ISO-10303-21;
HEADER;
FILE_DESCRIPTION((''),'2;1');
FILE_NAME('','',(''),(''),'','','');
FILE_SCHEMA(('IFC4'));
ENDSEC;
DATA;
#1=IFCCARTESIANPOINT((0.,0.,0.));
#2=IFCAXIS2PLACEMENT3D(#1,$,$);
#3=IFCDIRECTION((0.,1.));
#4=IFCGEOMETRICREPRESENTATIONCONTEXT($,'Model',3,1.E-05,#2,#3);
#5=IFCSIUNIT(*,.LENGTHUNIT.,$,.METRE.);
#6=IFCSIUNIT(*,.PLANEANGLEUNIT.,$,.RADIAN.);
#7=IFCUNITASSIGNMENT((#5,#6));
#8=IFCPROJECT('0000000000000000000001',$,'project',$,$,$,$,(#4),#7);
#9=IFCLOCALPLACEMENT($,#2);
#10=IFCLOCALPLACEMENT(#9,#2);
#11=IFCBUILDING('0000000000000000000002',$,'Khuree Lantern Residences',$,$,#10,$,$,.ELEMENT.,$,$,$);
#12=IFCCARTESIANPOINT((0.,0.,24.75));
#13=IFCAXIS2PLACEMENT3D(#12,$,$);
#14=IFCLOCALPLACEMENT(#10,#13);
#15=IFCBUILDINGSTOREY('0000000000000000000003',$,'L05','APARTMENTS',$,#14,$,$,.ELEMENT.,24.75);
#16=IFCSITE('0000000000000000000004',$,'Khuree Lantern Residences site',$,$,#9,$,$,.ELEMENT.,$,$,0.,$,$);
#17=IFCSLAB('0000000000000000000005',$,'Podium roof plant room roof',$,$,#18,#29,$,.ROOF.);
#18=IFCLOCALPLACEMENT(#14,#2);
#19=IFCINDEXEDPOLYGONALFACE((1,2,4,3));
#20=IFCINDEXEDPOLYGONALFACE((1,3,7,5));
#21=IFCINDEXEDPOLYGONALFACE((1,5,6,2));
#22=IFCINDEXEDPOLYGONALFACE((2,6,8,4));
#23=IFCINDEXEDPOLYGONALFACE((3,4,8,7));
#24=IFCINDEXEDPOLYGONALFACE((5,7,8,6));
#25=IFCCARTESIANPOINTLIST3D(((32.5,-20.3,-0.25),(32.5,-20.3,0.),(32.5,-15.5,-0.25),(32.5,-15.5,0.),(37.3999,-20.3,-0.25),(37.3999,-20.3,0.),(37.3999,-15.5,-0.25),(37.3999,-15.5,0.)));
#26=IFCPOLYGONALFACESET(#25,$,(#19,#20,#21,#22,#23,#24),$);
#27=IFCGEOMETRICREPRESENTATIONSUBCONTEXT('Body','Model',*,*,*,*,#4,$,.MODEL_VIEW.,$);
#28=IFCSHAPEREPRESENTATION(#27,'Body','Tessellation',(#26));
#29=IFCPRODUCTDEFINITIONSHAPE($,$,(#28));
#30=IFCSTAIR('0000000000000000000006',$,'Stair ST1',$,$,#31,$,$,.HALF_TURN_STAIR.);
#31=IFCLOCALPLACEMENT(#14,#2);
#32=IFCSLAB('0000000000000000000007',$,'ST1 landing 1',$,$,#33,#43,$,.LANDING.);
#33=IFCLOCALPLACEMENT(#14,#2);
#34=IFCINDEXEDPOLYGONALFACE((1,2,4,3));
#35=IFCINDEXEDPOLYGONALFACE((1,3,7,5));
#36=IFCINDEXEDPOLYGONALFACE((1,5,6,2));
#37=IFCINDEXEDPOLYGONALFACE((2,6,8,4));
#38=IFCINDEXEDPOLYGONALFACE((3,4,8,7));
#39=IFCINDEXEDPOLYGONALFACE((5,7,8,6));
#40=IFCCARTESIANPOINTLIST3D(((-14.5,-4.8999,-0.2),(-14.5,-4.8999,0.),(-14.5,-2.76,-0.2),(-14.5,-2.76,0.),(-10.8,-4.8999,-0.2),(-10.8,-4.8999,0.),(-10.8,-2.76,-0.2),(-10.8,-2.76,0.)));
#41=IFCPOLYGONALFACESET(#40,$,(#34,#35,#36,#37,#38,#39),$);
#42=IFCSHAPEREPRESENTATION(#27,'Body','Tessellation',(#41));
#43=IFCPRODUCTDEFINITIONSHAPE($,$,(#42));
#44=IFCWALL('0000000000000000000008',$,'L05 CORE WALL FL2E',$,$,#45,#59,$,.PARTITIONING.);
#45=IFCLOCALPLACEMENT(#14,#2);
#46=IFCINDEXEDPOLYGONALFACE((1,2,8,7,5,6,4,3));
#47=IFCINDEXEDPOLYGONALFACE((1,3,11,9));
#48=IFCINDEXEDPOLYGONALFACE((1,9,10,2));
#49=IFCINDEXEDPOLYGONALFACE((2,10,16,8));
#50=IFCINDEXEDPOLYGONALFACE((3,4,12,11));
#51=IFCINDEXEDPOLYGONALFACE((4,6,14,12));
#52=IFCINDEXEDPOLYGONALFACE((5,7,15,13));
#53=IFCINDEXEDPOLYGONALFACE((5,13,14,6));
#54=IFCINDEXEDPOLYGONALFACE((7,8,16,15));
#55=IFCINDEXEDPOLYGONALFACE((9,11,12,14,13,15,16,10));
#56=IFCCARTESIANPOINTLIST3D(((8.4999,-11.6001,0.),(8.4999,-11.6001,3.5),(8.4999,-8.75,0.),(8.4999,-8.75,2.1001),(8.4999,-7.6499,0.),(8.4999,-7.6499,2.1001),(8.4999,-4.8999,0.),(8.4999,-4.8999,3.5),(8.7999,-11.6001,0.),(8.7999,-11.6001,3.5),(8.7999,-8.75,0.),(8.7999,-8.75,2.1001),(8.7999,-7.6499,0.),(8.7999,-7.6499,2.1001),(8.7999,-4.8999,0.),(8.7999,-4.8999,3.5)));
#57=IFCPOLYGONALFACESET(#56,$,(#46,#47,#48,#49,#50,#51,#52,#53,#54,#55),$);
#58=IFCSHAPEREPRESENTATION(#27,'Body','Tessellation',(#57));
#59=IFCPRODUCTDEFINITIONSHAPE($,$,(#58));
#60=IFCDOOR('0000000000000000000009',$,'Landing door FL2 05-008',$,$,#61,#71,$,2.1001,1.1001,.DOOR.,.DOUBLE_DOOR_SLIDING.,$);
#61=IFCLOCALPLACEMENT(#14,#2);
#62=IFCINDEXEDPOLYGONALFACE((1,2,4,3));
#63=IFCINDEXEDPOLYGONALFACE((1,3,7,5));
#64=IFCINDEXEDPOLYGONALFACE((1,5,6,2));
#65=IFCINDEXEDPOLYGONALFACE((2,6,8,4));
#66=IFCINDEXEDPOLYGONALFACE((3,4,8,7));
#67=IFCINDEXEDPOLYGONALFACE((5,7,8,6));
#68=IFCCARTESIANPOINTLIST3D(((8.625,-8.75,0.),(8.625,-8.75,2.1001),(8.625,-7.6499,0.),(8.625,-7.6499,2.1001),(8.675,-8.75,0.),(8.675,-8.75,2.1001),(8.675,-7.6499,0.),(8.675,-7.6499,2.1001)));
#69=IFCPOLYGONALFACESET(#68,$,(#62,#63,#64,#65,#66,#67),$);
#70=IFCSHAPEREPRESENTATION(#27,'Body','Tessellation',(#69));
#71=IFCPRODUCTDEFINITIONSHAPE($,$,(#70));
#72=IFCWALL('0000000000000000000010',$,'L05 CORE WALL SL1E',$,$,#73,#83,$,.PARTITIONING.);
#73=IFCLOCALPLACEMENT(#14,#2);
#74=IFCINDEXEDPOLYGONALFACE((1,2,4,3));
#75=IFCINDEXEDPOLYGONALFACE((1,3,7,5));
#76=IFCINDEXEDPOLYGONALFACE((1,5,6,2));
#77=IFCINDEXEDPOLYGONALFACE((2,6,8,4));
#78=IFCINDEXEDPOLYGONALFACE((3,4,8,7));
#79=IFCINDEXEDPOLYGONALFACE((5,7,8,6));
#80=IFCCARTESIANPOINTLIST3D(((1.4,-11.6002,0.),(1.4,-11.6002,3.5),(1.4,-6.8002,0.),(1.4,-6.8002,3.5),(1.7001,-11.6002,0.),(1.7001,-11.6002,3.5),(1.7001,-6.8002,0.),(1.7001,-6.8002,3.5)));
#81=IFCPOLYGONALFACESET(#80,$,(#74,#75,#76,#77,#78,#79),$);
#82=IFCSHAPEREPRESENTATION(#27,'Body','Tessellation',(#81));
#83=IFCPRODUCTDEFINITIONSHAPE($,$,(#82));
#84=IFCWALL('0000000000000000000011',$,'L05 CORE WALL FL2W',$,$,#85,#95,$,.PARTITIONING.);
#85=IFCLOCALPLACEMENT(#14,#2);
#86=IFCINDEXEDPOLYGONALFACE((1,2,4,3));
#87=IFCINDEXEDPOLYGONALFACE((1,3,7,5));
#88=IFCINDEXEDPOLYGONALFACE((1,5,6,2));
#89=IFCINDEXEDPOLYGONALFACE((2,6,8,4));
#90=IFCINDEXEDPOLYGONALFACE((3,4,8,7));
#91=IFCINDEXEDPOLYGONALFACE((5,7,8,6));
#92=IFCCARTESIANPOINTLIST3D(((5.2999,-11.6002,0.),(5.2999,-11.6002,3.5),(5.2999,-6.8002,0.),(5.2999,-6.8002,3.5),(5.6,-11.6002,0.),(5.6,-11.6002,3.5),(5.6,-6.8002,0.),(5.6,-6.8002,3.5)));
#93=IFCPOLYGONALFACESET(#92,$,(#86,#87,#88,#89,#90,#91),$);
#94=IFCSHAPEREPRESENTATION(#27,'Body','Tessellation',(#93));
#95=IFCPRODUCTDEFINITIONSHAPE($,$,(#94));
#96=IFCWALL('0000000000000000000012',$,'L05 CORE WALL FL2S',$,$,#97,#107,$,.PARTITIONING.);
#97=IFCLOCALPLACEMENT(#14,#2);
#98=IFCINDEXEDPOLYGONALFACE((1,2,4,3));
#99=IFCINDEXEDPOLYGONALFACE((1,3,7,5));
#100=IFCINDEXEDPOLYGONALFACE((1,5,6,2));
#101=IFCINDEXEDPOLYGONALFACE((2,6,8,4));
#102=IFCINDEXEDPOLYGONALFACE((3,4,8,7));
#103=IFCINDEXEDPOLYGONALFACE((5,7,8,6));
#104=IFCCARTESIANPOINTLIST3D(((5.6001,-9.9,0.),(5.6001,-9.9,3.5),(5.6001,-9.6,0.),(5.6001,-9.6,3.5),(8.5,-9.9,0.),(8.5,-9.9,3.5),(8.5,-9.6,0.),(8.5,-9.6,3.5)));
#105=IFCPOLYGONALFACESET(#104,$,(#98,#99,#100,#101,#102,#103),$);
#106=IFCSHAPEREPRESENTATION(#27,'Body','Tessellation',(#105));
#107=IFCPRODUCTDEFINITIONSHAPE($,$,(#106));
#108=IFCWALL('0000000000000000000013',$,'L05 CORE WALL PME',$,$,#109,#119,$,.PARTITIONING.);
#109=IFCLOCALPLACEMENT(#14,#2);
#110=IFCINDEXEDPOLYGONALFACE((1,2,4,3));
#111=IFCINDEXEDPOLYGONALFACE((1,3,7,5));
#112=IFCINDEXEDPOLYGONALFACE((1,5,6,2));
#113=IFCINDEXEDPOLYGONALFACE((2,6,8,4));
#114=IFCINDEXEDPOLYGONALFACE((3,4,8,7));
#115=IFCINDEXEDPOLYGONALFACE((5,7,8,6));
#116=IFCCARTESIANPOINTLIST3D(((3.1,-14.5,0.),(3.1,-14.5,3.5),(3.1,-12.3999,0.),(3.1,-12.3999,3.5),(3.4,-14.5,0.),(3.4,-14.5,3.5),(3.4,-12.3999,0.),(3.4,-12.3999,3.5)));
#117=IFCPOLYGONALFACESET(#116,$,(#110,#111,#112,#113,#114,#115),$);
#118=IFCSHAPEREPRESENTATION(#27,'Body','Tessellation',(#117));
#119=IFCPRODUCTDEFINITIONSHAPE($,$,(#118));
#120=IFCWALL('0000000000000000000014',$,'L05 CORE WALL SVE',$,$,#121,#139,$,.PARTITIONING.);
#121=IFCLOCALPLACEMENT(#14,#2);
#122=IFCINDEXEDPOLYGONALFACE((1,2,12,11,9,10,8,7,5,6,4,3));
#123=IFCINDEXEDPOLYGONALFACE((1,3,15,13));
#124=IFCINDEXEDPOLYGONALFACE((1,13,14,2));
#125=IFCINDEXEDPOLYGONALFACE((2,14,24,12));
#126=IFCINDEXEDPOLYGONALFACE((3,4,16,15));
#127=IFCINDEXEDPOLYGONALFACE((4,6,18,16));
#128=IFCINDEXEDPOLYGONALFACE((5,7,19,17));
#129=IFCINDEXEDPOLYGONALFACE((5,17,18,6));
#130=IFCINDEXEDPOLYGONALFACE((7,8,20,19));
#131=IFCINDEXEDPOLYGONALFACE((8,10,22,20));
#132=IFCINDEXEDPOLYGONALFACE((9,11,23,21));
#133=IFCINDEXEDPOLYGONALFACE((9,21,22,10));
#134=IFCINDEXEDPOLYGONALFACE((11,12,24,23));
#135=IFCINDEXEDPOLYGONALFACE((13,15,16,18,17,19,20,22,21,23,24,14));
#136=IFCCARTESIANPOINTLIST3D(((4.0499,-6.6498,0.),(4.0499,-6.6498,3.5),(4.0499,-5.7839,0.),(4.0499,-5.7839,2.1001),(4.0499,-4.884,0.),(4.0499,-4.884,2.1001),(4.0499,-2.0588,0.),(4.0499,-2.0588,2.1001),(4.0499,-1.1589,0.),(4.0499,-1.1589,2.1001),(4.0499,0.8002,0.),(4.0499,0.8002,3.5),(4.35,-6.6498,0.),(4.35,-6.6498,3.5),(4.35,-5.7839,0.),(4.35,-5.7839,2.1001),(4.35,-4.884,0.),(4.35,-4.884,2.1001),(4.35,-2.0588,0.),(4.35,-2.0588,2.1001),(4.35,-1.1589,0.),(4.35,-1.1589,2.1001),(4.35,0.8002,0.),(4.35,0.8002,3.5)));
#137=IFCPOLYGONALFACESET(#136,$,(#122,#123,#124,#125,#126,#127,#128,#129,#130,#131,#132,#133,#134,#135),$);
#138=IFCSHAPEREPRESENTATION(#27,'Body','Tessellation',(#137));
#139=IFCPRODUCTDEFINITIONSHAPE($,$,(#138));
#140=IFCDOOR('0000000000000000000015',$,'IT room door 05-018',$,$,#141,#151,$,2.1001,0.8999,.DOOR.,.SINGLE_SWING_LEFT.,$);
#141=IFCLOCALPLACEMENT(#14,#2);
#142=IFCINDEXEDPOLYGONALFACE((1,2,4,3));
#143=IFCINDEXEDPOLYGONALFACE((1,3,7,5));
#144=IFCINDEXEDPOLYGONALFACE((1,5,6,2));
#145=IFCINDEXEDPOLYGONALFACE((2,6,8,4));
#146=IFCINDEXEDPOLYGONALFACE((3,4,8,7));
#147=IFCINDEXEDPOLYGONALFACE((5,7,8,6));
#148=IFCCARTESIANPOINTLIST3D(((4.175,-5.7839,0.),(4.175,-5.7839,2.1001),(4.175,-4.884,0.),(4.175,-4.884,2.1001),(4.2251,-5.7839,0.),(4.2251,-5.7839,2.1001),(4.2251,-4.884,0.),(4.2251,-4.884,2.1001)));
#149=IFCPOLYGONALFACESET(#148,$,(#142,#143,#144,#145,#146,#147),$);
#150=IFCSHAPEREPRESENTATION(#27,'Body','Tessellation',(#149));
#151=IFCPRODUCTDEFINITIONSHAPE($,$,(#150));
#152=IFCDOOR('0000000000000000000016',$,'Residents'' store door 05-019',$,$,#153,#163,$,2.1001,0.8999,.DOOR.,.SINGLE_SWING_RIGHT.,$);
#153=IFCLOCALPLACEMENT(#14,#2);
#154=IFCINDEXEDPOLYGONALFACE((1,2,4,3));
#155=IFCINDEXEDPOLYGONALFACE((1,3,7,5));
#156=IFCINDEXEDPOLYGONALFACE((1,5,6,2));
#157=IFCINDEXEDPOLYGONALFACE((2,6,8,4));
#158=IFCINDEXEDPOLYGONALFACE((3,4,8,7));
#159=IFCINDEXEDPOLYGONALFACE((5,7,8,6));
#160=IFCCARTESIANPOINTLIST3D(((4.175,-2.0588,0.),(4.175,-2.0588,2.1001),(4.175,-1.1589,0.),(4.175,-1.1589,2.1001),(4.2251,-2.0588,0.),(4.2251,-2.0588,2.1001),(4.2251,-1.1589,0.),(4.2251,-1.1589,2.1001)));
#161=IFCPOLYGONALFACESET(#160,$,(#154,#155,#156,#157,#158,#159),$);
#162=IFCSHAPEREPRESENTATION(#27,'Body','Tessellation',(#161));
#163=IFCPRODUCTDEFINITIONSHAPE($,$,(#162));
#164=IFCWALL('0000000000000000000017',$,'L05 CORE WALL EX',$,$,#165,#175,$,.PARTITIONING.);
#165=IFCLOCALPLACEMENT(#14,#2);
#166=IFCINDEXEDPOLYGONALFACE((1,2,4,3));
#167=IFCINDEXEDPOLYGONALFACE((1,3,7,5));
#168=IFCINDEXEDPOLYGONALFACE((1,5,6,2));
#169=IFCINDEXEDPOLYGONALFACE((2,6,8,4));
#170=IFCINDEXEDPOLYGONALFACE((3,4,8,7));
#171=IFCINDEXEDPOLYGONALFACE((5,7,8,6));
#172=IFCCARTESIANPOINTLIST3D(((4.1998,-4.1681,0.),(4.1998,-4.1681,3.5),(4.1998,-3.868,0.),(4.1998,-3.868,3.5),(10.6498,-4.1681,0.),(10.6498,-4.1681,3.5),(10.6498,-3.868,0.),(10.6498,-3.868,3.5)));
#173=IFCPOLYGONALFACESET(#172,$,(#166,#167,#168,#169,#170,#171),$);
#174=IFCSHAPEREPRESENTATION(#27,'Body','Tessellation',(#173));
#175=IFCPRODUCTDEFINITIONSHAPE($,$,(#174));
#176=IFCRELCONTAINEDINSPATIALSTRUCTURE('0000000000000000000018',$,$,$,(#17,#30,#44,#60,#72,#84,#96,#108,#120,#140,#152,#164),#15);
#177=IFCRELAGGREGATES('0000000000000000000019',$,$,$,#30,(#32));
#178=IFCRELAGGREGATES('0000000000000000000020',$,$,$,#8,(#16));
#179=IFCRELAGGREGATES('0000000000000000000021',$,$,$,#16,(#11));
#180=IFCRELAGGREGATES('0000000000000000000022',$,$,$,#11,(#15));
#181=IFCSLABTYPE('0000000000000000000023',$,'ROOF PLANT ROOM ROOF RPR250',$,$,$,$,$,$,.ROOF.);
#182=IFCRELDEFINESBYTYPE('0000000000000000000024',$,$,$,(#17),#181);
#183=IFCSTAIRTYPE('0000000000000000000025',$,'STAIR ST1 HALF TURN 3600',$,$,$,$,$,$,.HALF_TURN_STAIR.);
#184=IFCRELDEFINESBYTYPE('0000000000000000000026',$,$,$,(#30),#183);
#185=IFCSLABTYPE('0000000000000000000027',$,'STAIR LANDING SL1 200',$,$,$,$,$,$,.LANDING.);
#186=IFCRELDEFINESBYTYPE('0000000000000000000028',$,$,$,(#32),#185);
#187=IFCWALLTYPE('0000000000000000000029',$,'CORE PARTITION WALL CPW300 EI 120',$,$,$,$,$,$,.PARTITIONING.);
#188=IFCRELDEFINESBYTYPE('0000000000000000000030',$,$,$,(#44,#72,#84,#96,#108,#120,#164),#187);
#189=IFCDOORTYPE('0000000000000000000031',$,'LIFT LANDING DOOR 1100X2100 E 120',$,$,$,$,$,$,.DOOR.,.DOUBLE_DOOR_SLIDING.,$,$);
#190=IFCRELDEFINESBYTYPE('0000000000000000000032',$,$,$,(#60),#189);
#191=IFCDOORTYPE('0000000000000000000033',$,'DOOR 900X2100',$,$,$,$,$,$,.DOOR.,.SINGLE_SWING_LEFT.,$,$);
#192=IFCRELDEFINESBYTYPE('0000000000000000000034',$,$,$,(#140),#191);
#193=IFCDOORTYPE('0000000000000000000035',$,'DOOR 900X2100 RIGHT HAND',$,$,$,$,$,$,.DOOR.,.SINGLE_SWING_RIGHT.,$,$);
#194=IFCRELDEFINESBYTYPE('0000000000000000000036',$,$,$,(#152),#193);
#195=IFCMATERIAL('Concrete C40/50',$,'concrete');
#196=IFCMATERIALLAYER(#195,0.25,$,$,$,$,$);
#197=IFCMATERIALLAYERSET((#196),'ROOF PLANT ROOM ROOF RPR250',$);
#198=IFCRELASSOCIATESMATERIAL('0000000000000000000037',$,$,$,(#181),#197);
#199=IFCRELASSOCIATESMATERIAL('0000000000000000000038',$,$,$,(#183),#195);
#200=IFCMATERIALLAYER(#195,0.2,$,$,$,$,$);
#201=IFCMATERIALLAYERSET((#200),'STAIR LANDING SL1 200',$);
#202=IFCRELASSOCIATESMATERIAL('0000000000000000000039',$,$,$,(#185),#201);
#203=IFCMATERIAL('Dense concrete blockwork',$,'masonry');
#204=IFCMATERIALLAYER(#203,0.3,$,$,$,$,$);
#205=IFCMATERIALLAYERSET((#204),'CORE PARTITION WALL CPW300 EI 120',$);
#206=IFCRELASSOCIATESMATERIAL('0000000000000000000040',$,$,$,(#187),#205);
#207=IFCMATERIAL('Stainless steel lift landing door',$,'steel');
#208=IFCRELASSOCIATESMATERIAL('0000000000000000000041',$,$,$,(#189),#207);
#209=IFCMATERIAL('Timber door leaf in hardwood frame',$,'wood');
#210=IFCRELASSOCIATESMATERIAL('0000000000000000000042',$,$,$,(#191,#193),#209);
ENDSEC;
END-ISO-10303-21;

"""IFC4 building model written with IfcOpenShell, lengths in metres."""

from ifc_helpers import new_model, si_unit, direction, frame, frame_2d, origin, place, context, subcontext, project, spatial, polyline, rectangle, outline, extrude, material, layer, layer_set, type_object, element, fill, aggregate, save


model = new_model("IFC4")

# Units and contexts
model_context = context("Model", 3, precision=1e-05, world=origin(), true_north=direction((0.0, 1.0)))
body_context = subcontext(model_context, "Body", "Model", "MODEL_VIEW")
ifc_project = project(units=[si_unit("LENGTHUNIT", "METRE"), si_unit("PLANEANGLEUNIT", "RADIAN")], contexts=[model_context])

# Site, building, storey
site_placement = place(None, origin())
site = spatial("IfcSite", under=ifc_project, at=site_placement, Name="Khuree Lantern Residences site", CompositionType="ELEMENT", RefElevation=0.0)
building_placement = place(site_placement, origin())
building = spatial("IfcBuilding", under=site, at=building_placement, Name="Khuree Lantern Residences", CompositionType="ELEMENT")
storey_placement = place(building_placement, frame((0.0, 0.0, 24.75)))
storey = spatial("IfcBuildingStorey", under=building, at=storey_placement, Name="L05", Description="APARTMENTS", CompositionType="ELEMENT", Elevation=24.75)

# Slab
ifc_material_1 = material(Name="Concrete C40/50", Category="concrete")
ifc_layer_1 = layer(ifc_material_1, 0.25)
ifc_layer_set_1 = layer_set([ifc_layer_1], Name="ROOF PLANT ROOM ROOF RPR250")
slab_type_1 = type_object("IfcSlabType", Name="ROOF PLANT ROOM ROOF RPR250", PredefinedType="ROOF", material=ifc_layer_set_1)
slab_1_placement = place(storey_placement, frame((0.0, 0.0, -0.25)))
element("IfcSlab", 1, at=slab_1_placement, inside=storey, type_object=slab_type_1, Name="Podium roof plant room roof", PredefinedType="ROOF", context=body_context, shape_type="SweptSolid", body=[
    extrude(outline(polyline([(32.5, -20.3), (37.3999, -20.3), (37.3999, -15.5), (32.5, -15.5), (32.5, -20.3)])), origin(), (0.0, 0.0, 1.0), 0.25),
])

# Stair, slab
stair_type = type_object("IfcStairType", Name="STAIR ST1 HALF TURN 3600", PredefinedType="HALF_TURN_STAIR", material=ifc_material_1)
stair_1_placement = place(storey_placement, origin())
stair_1 = element("IfcStair", 2, at=stair_1_placement, inside=storey, type_object=stair_type, Name="Stair ST1", PredefinedType="HALF_TURN_STAIR")
ifc_layer_2 = layer(ifc_material_1, 0.2)
ifc_layer_set_2 = layer_set([ifc_layer_2], Name="STAIR LANDING SL1 200")
slab_type_2 = type_object("IfcSlabType", Name="STAIR LANDING SL1 200", PredefinedType="LANDING", material=ifc_layer_set_2)
slab_2_placement = place(storey_placement, frame((0.0, 0.0, -0.2)))
slab_2 = element("IfcSlab", 3, at=slab_2_placement, type_object=slab_type_2, Name="ST1 landing 1", PredefinedType="LANDING", context=body_context, shape_type="SweptSolid", body=[
    extrude(outline(polyline([(-14.5, -4.8999), (-10.8, -4.8999), (-10.8, -2.76), (-14.5, -2.76), (-14.5, -4.8999)])), origin(), (0.0, 0.0, 1.0), 0.2),
])
aggregate(stair_1, [slab_2])

# Wall, opening, door
ifc_material_2 = material(Name="Dense concrete blockwork", Category="masonry")
ifc_layer_3 = layer(ifc_material_2, 0.3)
ifc_layer_set_3 = layer_set([ifc_layer_3], Name="CORE PARTITION WALL CPW300 EI 120")
wall_type_1 = type_object("IfcWallType", Name="CORE PARTITION WALL CPW300 EI 120", PredefinedType="PARTITIONING", material=ifc_layer_set_3)
wall_1_placement = place(storey_placement, frame((8.6499, -11.6001, 0.0), z_axis=(0.0, 0.0, 1.0), x_axis=(0.0, 1.0, 0.0)))
wall_1 = element("IfcWall", 4, at=wall_1_placement, inside=storey, type_object=wall_type_1, Name="L05 CORE WALL FL2E", PredefinedType="PARTITIONING", context=body_context, shape_type="SweptSolid", body=[
    extrude(rectangle(XDim=6.7002, YDim=0.3, at=frame_2d((3.3501, 0.0))), origin(), (0.0, 0.0, 1.0), 3.5),
])
opening_1_placement = place(wall_1_placement, frame((2.8501, 0.0, 0.0)))
opening_1 = element("IfcOpeningElement", 5, at=opening_1_placement, cuts=wall_1, PredefinedType="OPENING", context=body_context, shape_type="SweptSolid", body=[
    extrude(rectangle(XDim=1.1001, YDim=2.1001, at=frame_2d((0.55, 1.05))), frame((0.0, 0.1602, 0.0), z_axis=(0.0, -1.0, 0.0), x_axis=(1.0, 0.0, 0.0)), (0.0, 0.0, 1.0), 0.3201),
])
ifc_material_3 = material(Name="Stainless steel lift landing door", Category="steel")
door_type_1 = type_object("IfcDoorType", Name="LIFT LANDING DOOR 1100X2100 E 120", OperationType="DOUBLE_DOOR_SLIDING", PredefinedType="DOOR", material=ifc_material_3)
door_1_placement = place(opening_1_placement, origin())
door_1 = element("IfcDoor", 6, at=door_1_placement, inside=storey, type_object=door_type_1, Name="Landing door FL2 05-008", OperationType="DOUBLE_DOOR_SLIDING", OverallHeight=2.1001, OverallWidth=1.1001, PredefinedType="DOOR", context=body_context, shape_type="SweptSolid", body=[
    extrude(rectangle(XDim=1.1001, YDim=2.1001, at=frame_2d((0.55, 1.05))), frame((0.0, 0.0249, 0.0), z_axis=(0.0, -1.0, 0.0), x_axis=(1.0, 0.0, 0.0)), (0.0, 0.0, 1.0), 0.05),
])
fill(opening_1, door_1)

# Walls
for number, where, z_axis, x_axis, name in (
    (7, (1.55, -11.6001, 0.0), (0.0, 0.0, 1.0), (0.0, 1.0, 0.0), "L05 CORE WALL SL1E"),
    (8, (5.45, -11.6001, 0.0), (0.0, 0.0, 1.0), (0.0, 1.0, 0.0), "L05 CORE WALL FL2W"),
):
    element("IfcWall", number, at=place(storey_placement, frame(where, z_axis=z_axis, x_axis=x_axis)), inside=storey, type_object=wall_type_1, Name=name, PredefinedType="PARTITIONING", context=body_context, shape_type="SweptSolid", body=[
        extrude(rectangle(XDim=4.8, YDim=0.3, at=frame_2d((2.3999, 0.0))), origin(), (0.0, 0.0, 1.0), 3.5),
    ])
wall_2_placement = place(storey_placement, frame((5.6001, -9.75, 0.0), z_axis=(0.0, 0.0, 1.0), x_axis=(1.0, 0.0, 0.0)))
element("IfcWall", 9, at=wall_2_placement, inside=storey, type_object=wall_type_1, Name="L05 CORE WALL FL2S", PredefinedType="PARTITIONING", context=body_context, shape_type="SweptSolid", body=[
    extrude(rectangle(XDim=2.8999, YDim=0.3, at=frame_2d((1.45, 0.0))), origin(), (0.0, 0.0, 1.0), 3.5),
])
wall_3_placement = place(storey_placement, frame((3.25, -14.5, 0.0), z_axis=(0.0, 0.0, 1.0), x_axis=(0.0, 1.0, 0.0)))
element("IfcWall", 10, at=wall_3_placement, inside=storey, type_object=wall_type_1, Name="L05 CORE WALL PME", PredefinedType="PARTITIONING", context=body_context, shape_type="SweptSolid", body=[
    extrude(rectangle(XDim=2.1001, YDim=0.3, at=frame_2d((1.05, 0.0))), origin(), (0.0, 0.0, 1.0), 3.5),
])

# Wall, openings, doors
wall_4_placement = place(storey_placement, frame((4.2, -6.6499, 0.0), z_axis=(0.0, 0.0, 1.0), x_axis=(0.0, 1.0, 0.0)))
wall_4 = element("IfcWall", 11, at=wall_4_placement, inside=storey, type_object=wall_type_1, Name="L05 CORE WALL SVE", PredefinedType="PARTITIONING", context=body_context, shape_type="SweptSolid", body=[
    extrude(rectangle(XDim=7.45, YDim=0.3, at=frame_2d((3.7251, 0.0))), origin(), (0.0, 0.0, 1.0), 3.5),
])
opening_2_placement = place(wall_4_placement, frame((0.866, 0.0, 0.0)))
opening_2 = element("IfcOpeningElement", 12, at=opening_2_placement, cuts=wall_4, PredefinedType="OPENING", context=body_context, shape_type="SweptSolid", body=[
    extrude(rectangle(XDim=0.8999, YDim=2.1001, at=frame_2d((0.45, 1.05))), frame((0.0, 0.1602, 0.0), z_axis=(0.0, -1.0, 0.0), x_axis=(1.0, 0.0, 0.0)), (0.0, 0.0, 1.0), 0.3201),
])
opening_3_placement = place(wall_4_placement, frame((4.5911, 0.0, 0.0)))
opening_3 = element("IfcOpeningElement", 13, at=opening_3_placement, cuts=wall_4, PredefinedType="OPENING", context=body_context, shape_type="SweptSolid", body=[
    extrude(rectangle(XDim=0.8999, YDim=2.1001, at=frame_2d((0.45, 1.05))), frame((0.0, 0.1602, 0.0), z_axis=(0.0, -1.0, 0.0), x_axis=(1.0, 0.0, 0.0)), (0.0, 0.0, 1.0), 0.3201),
])
ifc_material_4 = material(Name="Timber door leaf in hardwood frame", Category="wood")
door_type_2 = type_object("IfcDoorType", Name="DOOR 900X2100", OperationType="SINGLE_SWING_LEFT", PredefinedType="DOOR", material=ifc_material_4)
door_2_placement = place(opening_2_placement, origin())
door_2 = element("IfcDoor", 14, at=door_2_placement, inside=storey, type_object=door_type_2, Name="IT room door 05-018", OperationType="SINGLE_SWING_LEFT", OverallHeight=2.1001, OverallWidth=0.8999, PredefinedType="DOOR", context=body_context, shape_type="SweptSolid", body=[
    extrude(rectangle(XDim=0.8999, YDim=2.1001, at=frame_2d((0.45, 1.05))), frame((0.0, 0.0249, 0.0), z_axis=(0.0, -1.0, 0.0), x_axis=(1.0, 0.0, 0.0)), (0.0, 0.0, 1.0), 0.05),
])
fill(opening_2, door_2)
door_type_3 = type_object("IfcDoorType", Name="DOOR 900X2100 RIGHT HAND", OperationType="SINGLE_SWING_RIGHT", PredefinedType="DOOR", material=ifc_material_4)
door_3_placement = place(opening_3_placement, origin())
door_3 = element("IfcDoor", 15, at=door_3_placement, inside=storey, type_object=door_type_3, Name="Residents' store door 05-019", OperationType="SINGLE_SWING_RIGHT", OverallHeight=2.1001, OverallWidth=0.8999, PredefinedType="DOOR", context=body_context, shape_type="SweptSolid", body=[
    extrude(rectangle(XDim=0.8999, YDim=2.1001, at=frame_2d((0.45, 1.05))), frame((0.0, 0.0249, 0.0), z_axis=(0.0, -1.0, 0.0), x_axis=(1.0, 0.0, 0.0)), (0.0, 0.0, 1.0), 0.05),
])
fill(opening_3, door_3)

# Wall
wall_5_placement = place(storey_placement, frame((10.6499, -4.0181, 0.0), z_axis=(0.0, 0.0, 1.0), x_axis=(-1.0, 0.0, 0.0)))
element("IfcWall", 16, at=wall_5_placement, inside=storey, type_object=wall_type_1, Name="L05 CORE WALL EX", PredefinedType="PARTITIONING", context=body_context, shape_type="SweptSolid", body=[
    extrude(rectangle(XDim=6.45, YDim=0.3, at=frame_2d((3.2251, 0.0))), origin(), (0.0, 0.0, 1.0), 3.5),
])

save(model, "model.ifc")
